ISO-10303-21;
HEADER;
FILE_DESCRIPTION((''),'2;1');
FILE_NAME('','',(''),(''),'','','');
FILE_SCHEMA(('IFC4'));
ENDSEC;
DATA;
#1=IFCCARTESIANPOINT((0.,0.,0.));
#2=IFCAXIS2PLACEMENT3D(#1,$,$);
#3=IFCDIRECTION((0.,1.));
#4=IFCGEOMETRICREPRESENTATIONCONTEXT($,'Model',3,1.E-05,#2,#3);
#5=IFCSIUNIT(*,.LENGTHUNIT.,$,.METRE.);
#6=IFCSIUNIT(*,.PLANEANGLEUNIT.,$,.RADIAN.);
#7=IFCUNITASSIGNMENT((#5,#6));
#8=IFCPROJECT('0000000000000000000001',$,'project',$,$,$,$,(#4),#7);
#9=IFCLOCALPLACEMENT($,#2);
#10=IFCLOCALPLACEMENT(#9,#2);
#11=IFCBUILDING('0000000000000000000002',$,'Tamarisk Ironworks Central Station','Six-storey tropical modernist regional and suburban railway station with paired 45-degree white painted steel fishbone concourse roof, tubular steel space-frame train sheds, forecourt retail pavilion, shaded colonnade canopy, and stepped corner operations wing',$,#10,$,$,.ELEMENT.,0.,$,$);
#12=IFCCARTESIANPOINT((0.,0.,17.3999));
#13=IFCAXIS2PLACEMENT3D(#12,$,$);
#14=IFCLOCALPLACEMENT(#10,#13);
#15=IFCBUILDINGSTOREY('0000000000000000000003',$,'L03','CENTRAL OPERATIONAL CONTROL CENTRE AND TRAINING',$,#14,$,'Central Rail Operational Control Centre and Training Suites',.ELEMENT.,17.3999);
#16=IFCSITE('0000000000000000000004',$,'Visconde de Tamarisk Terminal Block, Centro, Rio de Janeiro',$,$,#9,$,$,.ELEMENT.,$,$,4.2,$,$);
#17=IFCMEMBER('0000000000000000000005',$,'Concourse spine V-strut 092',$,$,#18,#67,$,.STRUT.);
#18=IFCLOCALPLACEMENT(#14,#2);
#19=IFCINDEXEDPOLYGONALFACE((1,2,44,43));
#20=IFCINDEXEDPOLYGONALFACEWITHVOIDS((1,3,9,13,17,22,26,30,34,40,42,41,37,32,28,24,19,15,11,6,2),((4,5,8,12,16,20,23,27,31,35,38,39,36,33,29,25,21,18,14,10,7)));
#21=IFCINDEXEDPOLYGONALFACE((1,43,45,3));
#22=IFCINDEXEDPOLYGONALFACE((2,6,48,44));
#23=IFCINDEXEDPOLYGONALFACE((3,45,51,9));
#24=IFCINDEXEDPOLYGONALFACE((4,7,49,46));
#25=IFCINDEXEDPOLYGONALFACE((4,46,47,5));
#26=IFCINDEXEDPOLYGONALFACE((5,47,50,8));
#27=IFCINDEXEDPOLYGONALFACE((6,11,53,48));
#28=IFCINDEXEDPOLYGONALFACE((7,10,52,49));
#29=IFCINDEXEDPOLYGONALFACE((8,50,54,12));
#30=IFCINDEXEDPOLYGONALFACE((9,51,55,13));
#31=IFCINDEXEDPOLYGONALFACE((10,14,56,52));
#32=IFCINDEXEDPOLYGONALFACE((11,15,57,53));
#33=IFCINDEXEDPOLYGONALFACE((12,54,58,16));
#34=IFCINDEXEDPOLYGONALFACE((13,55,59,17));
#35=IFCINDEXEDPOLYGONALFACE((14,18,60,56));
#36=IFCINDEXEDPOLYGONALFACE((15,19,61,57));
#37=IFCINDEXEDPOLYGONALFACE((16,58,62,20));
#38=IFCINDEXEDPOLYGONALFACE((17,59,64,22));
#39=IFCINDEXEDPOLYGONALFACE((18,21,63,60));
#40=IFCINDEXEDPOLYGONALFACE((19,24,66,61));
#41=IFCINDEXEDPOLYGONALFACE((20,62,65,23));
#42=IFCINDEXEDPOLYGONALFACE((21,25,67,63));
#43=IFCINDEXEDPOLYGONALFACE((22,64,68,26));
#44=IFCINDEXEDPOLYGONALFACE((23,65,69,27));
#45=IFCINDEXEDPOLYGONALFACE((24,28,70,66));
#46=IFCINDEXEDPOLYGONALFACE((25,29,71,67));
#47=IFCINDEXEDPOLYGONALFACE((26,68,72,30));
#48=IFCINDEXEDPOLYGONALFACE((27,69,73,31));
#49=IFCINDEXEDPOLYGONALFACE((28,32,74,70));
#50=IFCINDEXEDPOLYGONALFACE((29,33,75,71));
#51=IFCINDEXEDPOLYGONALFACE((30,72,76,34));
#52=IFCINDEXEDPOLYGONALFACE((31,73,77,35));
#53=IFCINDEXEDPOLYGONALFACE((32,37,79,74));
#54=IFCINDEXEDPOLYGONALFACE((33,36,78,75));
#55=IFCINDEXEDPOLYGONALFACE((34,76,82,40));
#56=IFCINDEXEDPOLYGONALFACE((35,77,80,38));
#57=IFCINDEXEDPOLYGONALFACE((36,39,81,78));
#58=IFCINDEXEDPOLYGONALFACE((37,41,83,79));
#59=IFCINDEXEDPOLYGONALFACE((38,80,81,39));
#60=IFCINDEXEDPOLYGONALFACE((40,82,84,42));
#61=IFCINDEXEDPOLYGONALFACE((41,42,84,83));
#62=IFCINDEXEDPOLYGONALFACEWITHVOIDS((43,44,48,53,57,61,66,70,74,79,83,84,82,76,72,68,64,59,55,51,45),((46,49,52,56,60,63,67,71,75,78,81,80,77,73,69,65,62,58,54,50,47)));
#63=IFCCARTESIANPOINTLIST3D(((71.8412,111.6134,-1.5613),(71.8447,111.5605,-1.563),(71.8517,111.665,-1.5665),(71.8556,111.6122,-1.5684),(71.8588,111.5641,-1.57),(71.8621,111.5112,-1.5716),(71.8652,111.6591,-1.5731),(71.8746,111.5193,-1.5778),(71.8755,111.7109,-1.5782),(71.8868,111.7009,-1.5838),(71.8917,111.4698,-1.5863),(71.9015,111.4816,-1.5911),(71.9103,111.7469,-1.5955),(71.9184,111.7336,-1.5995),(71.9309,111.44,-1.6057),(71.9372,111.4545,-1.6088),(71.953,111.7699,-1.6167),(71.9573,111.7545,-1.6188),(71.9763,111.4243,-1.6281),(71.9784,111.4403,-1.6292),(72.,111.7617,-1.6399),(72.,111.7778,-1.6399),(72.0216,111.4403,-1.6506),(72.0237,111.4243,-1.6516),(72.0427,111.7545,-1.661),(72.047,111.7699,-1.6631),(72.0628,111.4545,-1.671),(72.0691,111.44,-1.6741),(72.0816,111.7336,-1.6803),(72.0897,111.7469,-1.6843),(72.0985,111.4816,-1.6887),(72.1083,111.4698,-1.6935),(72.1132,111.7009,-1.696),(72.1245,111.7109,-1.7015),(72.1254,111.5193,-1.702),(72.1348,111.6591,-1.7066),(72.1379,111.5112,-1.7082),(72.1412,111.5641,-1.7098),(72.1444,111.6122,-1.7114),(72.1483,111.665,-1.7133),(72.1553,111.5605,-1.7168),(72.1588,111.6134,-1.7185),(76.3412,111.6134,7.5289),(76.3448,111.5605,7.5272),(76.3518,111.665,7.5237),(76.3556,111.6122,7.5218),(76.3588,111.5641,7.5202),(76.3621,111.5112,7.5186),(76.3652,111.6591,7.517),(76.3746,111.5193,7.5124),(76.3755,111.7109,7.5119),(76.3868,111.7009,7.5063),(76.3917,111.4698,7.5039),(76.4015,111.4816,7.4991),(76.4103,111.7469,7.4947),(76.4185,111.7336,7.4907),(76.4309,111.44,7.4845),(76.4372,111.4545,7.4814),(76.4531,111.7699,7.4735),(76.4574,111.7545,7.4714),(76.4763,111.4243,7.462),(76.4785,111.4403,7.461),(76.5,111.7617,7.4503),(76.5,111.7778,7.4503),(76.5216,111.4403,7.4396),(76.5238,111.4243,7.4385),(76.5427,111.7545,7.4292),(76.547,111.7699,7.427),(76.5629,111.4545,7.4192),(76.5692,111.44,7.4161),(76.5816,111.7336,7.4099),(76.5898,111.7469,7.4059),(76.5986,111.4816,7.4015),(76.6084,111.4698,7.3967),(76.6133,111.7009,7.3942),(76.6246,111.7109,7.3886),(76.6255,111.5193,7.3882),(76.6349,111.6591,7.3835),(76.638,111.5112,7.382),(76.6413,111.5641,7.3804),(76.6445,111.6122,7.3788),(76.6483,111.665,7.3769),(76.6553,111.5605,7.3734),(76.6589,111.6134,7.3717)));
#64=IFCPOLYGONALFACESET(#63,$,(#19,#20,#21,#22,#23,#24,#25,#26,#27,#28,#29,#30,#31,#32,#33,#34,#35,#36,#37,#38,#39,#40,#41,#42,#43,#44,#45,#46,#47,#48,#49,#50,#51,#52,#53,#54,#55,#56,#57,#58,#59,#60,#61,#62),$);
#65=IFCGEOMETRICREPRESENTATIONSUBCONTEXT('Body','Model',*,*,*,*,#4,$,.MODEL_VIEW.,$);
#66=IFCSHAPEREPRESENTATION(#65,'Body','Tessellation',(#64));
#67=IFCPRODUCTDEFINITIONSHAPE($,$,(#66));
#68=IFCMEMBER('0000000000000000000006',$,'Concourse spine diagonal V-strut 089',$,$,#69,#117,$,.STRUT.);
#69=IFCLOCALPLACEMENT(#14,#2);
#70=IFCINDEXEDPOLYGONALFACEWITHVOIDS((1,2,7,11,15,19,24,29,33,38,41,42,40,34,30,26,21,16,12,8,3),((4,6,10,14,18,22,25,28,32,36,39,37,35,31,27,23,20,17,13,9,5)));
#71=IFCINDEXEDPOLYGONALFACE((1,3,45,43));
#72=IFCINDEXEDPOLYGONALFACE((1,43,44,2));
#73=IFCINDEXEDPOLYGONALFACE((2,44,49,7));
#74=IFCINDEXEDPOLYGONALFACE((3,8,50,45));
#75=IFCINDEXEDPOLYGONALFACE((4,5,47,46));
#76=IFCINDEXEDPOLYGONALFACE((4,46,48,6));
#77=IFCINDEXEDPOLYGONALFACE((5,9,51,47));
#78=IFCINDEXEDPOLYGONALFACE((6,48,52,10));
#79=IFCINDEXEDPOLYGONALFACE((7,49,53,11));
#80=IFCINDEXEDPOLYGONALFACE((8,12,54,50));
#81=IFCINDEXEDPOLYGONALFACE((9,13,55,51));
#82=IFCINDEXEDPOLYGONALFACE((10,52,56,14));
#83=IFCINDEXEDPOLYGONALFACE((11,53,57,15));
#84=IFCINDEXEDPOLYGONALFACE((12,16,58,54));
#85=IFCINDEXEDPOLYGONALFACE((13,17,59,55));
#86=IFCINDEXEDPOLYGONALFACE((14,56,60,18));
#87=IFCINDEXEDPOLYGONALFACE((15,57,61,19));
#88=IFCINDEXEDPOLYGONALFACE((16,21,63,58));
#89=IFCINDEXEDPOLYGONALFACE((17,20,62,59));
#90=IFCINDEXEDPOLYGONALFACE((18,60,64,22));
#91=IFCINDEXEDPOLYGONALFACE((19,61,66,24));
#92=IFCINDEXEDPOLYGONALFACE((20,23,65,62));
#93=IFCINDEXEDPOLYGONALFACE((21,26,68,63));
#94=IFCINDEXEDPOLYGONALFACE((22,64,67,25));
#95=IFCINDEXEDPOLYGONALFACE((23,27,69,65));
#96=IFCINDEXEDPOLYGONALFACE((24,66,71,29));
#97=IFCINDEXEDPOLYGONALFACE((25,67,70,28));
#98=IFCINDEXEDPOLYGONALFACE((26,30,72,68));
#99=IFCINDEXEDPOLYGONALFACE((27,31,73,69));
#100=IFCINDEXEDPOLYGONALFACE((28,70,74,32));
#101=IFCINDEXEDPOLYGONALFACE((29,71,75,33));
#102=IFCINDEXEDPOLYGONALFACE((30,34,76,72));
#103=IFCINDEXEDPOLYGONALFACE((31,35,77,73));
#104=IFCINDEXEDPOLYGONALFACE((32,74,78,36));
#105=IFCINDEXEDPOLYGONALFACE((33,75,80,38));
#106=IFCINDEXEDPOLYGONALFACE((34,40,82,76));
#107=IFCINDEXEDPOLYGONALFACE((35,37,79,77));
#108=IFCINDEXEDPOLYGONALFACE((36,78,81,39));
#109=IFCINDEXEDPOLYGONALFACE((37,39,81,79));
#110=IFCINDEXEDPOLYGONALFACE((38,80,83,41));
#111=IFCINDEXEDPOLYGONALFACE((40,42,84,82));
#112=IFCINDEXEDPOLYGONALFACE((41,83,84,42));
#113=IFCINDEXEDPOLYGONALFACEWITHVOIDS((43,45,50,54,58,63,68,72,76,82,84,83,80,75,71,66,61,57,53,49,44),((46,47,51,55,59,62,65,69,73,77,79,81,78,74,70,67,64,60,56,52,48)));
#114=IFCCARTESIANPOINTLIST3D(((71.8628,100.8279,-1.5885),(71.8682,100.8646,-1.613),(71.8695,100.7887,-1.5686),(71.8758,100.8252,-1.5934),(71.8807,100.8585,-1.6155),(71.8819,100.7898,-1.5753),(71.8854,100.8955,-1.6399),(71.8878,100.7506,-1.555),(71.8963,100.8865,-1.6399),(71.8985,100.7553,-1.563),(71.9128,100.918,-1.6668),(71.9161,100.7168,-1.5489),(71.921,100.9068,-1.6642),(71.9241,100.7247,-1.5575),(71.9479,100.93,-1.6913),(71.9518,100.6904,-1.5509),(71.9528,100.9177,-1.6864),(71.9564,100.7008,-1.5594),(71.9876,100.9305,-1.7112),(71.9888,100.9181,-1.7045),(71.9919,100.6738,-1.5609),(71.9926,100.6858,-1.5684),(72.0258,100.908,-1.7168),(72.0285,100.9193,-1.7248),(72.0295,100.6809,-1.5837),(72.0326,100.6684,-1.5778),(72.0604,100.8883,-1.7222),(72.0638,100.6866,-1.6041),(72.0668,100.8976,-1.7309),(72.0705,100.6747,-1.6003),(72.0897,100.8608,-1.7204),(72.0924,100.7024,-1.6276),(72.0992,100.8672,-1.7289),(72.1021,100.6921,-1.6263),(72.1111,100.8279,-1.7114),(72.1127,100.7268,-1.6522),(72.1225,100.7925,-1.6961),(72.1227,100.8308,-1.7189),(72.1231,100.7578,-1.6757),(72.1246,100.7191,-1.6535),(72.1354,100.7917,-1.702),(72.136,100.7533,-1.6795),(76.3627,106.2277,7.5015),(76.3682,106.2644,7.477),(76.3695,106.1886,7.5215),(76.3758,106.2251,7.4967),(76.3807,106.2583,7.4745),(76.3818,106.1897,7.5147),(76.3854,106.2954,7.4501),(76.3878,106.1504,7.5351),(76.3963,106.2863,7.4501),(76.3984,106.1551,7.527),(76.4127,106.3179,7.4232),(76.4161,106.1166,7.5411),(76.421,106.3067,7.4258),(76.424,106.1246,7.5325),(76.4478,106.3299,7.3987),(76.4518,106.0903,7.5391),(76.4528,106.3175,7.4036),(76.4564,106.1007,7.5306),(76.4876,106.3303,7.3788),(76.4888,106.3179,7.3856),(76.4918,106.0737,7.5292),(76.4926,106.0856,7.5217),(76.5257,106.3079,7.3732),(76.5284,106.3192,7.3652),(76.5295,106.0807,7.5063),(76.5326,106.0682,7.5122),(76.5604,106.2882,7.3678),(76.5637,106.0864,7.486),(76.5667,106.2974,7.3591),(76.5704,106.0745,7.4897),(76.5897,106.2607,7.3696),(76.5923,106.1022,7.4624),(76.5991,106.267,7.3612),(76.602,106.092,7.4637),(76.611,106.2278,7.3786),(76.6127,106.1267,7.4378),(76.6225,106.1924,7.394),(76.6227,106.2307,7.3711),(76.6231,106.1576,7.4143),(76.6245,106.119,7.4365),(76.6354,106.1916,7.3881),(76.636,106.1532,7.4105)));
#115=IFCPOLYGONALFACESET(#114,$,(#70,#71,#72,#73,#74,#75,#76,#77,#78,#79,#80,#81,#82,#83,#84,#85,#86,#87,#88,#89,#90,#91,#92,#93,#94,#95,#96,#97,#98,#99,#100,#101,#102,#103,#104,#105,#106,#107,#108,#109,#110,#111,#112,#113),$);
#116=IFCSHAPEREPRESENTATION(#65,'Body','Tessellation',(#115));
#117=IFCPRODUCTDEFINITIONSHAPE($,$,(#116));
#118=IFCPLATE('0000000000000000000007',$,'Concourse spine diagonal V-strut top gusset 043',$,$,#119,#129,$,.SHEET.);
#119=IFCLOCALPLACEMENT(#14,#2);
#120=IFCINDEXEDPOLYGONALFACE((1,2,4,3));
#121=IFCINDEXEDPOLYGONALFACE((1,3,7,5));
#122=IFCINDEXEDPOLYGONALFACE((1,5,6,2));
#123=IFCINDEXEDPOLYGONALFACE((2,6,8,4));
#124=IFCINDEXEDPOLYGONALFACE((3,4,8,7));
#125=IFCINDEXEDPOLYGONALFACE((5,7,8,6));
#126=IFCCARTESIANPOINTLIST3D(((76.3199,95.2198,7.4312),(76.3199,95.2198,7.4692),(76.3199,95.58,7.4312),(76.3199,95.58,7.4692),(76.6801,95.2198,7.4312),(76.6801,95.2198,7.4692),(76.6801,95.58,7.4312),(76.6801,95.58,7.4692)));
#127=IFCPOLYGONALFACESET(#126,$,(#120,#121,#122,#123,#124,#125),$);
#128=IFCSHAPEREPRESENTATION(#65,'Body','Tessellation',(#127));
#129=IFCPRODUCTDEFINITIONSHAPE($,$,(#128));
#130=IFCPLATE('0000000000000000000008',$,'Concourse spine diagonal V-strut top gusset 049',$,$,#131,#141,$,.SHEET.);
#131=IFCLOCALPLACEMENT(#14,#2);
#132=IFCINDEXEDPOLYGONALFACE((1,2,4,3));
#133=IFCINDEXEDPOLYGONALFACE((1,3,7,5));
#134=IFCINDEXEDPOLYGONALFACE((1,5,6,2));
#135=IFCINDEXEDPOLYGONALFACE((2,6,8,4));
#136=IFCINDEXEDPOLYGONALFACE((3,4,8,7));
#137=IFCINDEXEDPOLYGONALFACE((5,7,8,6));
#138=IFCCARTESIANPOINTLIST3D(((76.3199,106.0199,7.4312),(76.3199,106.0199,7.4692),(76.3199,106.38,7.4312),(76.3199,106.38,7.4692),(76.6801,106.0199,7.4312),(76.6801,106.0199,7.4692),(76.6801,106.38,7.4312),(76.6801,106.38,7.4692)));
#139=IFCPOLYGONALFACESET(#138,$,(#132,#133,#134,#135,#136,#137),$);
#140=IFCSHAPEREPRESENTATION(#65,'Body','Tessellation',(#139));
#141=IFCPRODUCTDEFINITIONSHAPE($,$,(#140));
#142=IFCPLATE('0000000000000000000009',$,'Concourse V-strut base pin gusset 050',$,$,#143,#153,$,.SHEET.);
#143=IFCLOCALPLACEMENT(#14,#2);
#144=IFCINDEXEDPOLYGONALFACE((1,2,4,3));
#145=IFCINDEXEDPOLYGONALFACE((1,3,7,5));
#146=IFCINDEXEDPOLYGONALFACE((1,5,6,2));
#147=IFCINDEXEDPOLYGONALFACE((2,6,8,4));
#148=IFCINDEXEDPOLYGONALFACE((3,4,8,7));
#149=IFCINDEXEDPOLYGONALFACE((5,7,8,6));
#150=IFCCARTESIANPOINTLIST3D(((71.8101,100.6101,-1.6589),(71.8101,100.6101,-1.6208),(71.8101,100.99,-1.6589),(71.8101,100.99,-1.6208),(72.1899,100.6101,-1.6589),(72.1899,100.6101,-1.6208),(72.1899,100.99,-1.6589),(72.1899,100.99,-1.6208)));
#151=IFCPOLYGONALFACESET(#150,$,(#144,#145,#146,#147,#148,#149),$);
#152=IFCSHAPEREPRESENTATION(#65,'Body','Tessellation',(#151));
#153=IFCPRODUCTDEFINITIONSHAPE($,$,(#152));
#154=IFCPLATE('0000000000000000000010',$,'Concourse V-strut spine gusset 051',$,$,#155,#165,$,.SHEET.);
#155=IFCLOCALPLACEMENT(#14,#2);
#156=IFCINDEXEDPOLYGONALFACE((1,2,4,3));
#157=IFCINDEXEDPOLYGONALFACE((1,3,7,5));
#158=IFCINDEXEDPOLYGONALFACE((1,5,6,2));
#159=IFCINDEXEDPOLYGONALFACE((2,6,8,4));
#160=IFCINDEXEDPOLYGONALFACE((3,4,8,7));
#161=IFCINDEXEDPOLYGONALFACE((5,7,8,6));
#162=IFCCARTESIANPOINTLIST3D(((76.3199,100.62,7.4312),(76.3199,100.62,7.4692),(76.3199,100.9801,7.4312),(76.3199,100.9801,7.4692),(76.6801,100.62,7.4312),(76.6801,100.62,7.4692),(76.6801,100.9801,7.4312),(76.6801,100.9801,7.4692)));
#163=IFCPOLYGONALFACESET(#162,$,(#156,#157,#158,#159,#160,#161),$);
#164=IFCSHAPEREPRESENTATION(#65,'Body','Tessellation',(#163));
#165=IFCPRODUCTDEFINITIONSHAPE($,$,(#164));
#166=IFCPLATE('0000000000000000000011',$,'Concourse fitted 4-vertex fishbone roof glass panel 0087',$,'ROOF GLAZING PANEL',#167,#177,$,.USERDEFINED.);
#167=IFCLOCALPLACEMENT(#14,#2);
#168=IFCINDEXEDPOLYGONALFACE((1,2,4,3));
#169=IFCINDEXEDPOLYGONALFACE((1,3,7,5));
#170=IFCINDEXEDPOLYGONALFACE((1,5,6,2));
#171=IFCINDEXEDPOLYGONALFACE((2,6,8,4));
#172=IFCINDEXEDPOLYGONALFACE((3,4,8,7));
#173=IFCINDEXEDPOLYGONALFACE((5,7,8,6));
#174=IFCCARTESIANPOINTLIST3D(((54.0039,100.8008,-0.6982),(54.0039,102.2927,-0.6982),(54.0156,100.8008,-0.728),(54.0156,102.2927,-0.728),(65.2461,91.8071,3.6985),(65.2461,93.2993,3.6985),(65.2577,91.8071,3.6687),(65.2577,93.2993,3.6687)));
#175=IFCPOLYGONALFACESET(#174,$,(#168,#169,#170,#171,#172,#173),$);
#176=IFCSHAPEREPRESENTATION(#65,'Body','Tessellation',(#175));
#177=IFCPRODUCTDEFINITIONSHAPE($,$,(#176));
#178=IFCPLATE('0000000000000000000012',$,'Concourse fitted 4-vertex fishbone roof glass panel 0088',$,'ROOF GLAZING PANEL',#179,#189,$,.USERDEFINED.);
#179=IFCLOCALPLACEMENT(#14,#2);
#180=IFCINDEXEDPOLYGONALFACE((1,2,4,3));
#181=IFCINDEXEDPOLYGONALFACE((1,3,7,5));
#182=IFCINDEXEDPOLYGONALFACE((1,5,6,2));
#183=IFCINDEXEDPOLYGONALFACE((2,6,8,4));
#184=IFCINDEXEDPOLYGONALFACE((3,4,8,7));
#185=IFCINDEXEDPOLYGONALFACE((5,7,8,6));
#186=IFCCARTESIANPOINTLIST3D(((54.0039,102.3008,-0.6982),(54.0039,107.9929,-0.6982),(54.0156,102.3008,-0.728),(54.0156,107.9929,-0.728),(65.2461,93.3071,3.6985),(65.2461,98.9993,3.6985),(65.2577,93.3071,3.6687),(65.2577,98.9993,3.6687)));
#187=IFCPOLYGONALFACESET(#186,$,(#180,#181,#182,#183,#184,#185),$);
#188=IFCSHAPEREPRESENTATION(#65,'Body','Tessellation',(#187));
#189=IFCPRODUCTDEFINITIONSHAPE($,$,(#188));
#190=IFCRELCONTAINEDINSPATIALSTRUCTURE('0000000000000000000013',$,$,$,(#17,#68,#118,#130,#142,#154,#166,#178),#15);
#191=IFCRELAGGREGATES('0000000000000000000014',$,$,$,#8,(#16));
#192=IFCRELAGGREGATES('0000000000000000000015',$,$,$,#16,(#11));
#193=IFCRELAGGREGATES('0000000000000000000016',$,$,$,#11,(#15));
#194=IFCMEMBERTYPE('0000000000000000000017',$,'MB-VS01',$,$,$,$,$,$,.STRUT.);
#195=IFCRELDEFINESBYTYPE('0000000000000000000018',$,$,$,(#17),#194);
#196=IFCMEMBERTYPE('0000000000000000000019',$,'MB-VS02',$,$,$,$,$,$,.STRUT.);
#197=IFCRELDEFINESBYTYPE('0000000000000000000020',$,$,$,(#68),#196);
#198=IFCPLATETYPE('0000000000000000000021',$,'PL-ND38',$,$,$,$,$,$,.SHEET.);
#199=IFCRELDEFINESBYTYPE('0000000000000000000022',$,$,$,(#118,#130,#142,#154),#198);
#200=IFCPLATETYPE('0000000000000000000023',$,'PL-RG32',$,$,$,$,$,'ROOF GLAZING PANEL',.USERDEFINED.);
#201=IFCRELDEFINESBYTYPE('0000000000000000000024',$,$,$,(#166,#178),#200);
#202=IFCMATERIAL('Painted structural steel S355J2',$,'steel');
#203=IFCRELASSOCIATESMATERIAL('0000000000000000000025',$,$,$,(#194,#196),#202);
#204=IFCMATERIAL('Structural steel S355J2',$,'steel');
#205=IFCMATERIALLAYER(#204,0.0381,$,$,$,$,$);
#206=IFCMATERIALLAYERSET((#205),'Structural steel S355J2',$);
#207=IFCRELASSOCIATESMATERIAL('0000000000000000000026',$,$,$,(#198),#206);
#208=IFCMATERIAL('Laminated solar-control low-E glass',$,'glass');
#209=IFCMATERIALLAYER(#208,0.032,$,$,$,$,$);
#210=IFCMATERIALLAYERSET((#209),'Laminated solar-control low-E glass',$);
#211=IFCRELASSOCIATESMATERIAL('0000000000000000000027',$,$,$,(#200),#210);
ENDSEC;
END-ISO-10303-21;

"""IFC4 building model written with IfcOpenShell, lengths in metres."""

from ifc_helpers import new_model, si_unit, direction, frame, origin, origin_2d, place, context, subcontext, project, spatial, polyline, rectangle, hollow_circle, outline, extrude, material, layer, layer_set, material_profile, profile_set, type_object, element, save


model = new_model("IFC4")

# Units and contexts
model_context = context("Model", 3, precision=1e-05, world=origin(), true_north=direction((0.0, 1.0)))
body_context = subcontext(model_context, "Body", "Model", "MODEL_VIEW")
ifc_project = project(units=[si_unit("LENGTHUNIT", "METRE"), si_unit("PLANEANGLEUNIT", "RADIAN")], contexts=[model_context])

# Site, building, storey
site_placement = place(None, origin())
site = spatial("IfcSite", under=ifc_project, at=site_placement, Name="Visconde de Tamarisk Terminal Block, Centro, Rio de Janeiro", CompositionType="ELEMENT", RefElevation=4.2)
building_placement = place(site_placement, origin())
building = spatial("IfcBuilding", under=site, at=building_placement, Name="Tamarisk Ironworks Central Station", Description="Six-storey tropical modernist regional and suburban railway station with paired 45-degree white painted steel fishbone concourse roof, tubular steel space-frame train sheds, forecourt retail pavilion, shaded colonnade canopy, and stepped corner operations wing", CompositionType="ELEMENT", ElevationOfRefHeight=0.0)
storey_placement = place(building_placement, frame((0.0, 0.0, 17.3999)))
storey = spatial("IfcBuildingStorey", under=building, at=storey_placement, Name="L03", Description="CENTRAL OPERATIONAL CONTROL CENTRE AND TRAINING", LongName="Central Rail Operational Control Centre and Training Suites", CompositionType="ELEMENT", Elevation=17.3999)

# Shared definitions
ifc_material_1 = material(Name="Structural steel S355J2", Category="steel")

# Shared definitions
ifc_material_2 = material(Name="Painted structural steel S355J2", Category="steel")

# Members
ifc_material_profile_1 = material_profile(ifc_material_2, hollow_circle(Radius=0.1777, WallThickness=0.0161, at=origin_2d()), Name="CHS 355.6x16")
ifc_profile_set_1 = profile_set([ifc_material_profile_1], Name="Painted structural steel S355J2")
member_type_1 = type_object("IfcMemberType", Name="MB-VS01", PredefinedType="STRUT", material=ifc_profile_set_1)
for number, where, z_axis, x_axis, name in (
    (1, (72.0, 111.6001, -1.6399), (0.443657, 0.0, 0.896196), (0.0, 1.0, 0.0), "Concourse spine V-strut 092"),
):
    element("IfcMember", number, at=place(storey_placement, frame(where, z_axis=z_axis, x_axis=x_axis)), inside=storey, type_object=member_type_1, Name=name, PredefinedType="STRUT", context=body_context, shape_type="SweptSolid", body=[
        extrude(hollow_circle(Radius=0.1777, WallThickness=0.0161, at=origin_2d()), origin(), (0.0, 0.0, 1.0), 10.1431),
    ])
ifc_material_profile_2 = material_profile(ifc_material_2, hollow_circle(Radius=0.1492, WallThickness=0.0142, at=origin_2d()), Name="CHS 298.5x14.2")
ifc_profile_set_2 = profile_set([ifc_material_profile_2], Name="Painted structural steel S355J2")
member_type_2 = type_object("IfcMemberType", Name="MB-VS02", PredefinedType="STRUT", material=ifc_profile_set_2)
member_1_placement = place(storey_placement, frame((72.0, 100.8, -1.6399), z_axis=(0.391617, 0.469932, 0.791075), x_axis=(-0.768216, 0.640191, 0.0)))
element("IfcMember", 2, at=member_1_placement, inside=storey, type_object=member_type_2, Name="Concourse spine diagonal V-strut 089", PredefinedType="STRUT", context=body_context, shape_type="SweptSolid", body=[
    extrude(hollow_circle(Radius=0.1492, WallThickness=0.0142, at=origin_2d()), origin(), (0.0, 0.0, 1.0), 11.4907),
])

# Plates
ifc_layer_1 = layer(ifc_material_1, 0.0381)
ifc_layer_set_1 = layer_set([ifc_layer_1], Name="Structural steel S355J2")
plate_type_1 = type_object("IfcPlateType", Name="PL-ND38", PredefinedType="SHEET", material=ifc_layer_set_1)
for number, where, z_axis, x_axis, name in (
    (3, (76.5, 95.3999, 7.4312), (0.0, 0.0, 1.0), (1.0, 0.0, 0.0), "Concourse spine diagonal V-strut top gusset 043"),
    (4, (76.5, 106.2, 7.4312), (0.0, 0.0, 1.0), (1.0, 0.0, 0.0), "Concourse spine diagonal V-strut top gusset 049"),
):
    element("IfcPlate", number, at=place(storey_placement, frame(where, z_axis=z_axis, x_axis=x_axis)), inside=storey, type_object=plate_type_1, Name=name, PredefinedType="SHEET", context=body_context, shape_type="SweptSolid", body=[
        extrude(rectangle(XDim=0.3601, YDim=0.3601, at=origin_2d()), origin(), (0.0, 0.0, 1.0), 0.0381),
    ])
plate_1_placement = place(storey_placement, frame((72.0, 100.8, -1.6589), z_axis=(0.0, 0.0, 1.0), x_axis=(1.0, 0.0, 0.0)))
element("IfcPlate", 5, at=plate_1_placement, inside=storey, type_object=plate_type_1, Name="Concourse V-strut base pin gusset 050", PredefinedType="SHEET", context=body_context, shape_type="SweptSolid", body=[
    extrude(rectangle(XDim=0.3799, YDim=0.3799, at=origin_2d()), origin(), (0.0, 0.0, 1.0), 0.0381),
])
plate_2_placement = place(storey_placement, frame((76.5, 100.8, 7.4312), z_axis=(0.0, 0.0, 1.0), x_axis=(1.0, 0.0, 0.0)))
element("IfcPlate", 6, at=plate_2_placement, inside=storey, type_object=plate_type_1, Name="Concourse V-strut spine gusset 051", PredefinedType="SHEET", context=body_context, shape_type="SweptSolid", body=[
    extrude(rectangle(XDim=0.3601, YDim=0.3601, at=origin_2d()), origin(), (0.0, 0.0, 1.0), 0.0381),
])
ifc_material_3 = material(Name="Laminated solar-control low-E glass", Category="glass")
ifc_layer_2 = layer(ifc_material_3, 0.032)
ifc_layer_set_2 = layer_set([ifc_layer_2], Name="Laminated solar-control low-E glass")
plate_type_2 = type_object("IfcPlateType", Name="PL-RG32", ElementType="ROOF GLAZING PANEL", PredefinedType="USERDEFINED", material=ifc_layer_set_2)
plate_3_placement = place(storey_placement, frame((65.2461, 91.8071, 3.6985), z_axis=(-0.364228, 0.0, 0.93131), x_axis=(0.0, 1.0, 0.0)))
element("IfcPlate", 7, at=plate_3_placement, inside=storey, type_object=plate_type_2, Name="Concourse fitted 4-vertex fishbone roof glass panel 0087", ObjectType="ROOF GLAZING PANEL", PredefinedType="USERDEFINED", context=body_context, shape_type="SweptSolid", body=[
    extrude(outline(polyline([(0.0, 0.0), (1.4922, 0.0), (10.4856, 12.0714), (8.9937, 12.0714), (0.0, 0.0)])), origin(), (0.0, 0.0, -1.0), 0.032),
])
plate_4_placement = place(storey_placement, frame((65.2461, 93.3071, 3.6985), z_axis=(-0.364228, 0.0, 0.93131), x_axis=(0.0, 1.0, 0.0)))
element("IfcPlate", 8, at=plate_4_placement, inside=storey, type_object=plate_type_2, Name="Concourse fitted 4-vertex fishbone roof glass panel 0088", ObjectType="ROOF GLAZING PANEL", PredefinedType="USERDEFINED", context=body_context, shape_type="SweptSolid", body=[
    extrude(outline(polyline([(0.0, 0.0), (5.6921, 0.0), (14.6858, 12.0714), (8.9937, 12.0714), (0.0, 0.0)])), origin(), (0.0, 0.0, -1.0), 0.032),
])

save(model, "model.ifc")
